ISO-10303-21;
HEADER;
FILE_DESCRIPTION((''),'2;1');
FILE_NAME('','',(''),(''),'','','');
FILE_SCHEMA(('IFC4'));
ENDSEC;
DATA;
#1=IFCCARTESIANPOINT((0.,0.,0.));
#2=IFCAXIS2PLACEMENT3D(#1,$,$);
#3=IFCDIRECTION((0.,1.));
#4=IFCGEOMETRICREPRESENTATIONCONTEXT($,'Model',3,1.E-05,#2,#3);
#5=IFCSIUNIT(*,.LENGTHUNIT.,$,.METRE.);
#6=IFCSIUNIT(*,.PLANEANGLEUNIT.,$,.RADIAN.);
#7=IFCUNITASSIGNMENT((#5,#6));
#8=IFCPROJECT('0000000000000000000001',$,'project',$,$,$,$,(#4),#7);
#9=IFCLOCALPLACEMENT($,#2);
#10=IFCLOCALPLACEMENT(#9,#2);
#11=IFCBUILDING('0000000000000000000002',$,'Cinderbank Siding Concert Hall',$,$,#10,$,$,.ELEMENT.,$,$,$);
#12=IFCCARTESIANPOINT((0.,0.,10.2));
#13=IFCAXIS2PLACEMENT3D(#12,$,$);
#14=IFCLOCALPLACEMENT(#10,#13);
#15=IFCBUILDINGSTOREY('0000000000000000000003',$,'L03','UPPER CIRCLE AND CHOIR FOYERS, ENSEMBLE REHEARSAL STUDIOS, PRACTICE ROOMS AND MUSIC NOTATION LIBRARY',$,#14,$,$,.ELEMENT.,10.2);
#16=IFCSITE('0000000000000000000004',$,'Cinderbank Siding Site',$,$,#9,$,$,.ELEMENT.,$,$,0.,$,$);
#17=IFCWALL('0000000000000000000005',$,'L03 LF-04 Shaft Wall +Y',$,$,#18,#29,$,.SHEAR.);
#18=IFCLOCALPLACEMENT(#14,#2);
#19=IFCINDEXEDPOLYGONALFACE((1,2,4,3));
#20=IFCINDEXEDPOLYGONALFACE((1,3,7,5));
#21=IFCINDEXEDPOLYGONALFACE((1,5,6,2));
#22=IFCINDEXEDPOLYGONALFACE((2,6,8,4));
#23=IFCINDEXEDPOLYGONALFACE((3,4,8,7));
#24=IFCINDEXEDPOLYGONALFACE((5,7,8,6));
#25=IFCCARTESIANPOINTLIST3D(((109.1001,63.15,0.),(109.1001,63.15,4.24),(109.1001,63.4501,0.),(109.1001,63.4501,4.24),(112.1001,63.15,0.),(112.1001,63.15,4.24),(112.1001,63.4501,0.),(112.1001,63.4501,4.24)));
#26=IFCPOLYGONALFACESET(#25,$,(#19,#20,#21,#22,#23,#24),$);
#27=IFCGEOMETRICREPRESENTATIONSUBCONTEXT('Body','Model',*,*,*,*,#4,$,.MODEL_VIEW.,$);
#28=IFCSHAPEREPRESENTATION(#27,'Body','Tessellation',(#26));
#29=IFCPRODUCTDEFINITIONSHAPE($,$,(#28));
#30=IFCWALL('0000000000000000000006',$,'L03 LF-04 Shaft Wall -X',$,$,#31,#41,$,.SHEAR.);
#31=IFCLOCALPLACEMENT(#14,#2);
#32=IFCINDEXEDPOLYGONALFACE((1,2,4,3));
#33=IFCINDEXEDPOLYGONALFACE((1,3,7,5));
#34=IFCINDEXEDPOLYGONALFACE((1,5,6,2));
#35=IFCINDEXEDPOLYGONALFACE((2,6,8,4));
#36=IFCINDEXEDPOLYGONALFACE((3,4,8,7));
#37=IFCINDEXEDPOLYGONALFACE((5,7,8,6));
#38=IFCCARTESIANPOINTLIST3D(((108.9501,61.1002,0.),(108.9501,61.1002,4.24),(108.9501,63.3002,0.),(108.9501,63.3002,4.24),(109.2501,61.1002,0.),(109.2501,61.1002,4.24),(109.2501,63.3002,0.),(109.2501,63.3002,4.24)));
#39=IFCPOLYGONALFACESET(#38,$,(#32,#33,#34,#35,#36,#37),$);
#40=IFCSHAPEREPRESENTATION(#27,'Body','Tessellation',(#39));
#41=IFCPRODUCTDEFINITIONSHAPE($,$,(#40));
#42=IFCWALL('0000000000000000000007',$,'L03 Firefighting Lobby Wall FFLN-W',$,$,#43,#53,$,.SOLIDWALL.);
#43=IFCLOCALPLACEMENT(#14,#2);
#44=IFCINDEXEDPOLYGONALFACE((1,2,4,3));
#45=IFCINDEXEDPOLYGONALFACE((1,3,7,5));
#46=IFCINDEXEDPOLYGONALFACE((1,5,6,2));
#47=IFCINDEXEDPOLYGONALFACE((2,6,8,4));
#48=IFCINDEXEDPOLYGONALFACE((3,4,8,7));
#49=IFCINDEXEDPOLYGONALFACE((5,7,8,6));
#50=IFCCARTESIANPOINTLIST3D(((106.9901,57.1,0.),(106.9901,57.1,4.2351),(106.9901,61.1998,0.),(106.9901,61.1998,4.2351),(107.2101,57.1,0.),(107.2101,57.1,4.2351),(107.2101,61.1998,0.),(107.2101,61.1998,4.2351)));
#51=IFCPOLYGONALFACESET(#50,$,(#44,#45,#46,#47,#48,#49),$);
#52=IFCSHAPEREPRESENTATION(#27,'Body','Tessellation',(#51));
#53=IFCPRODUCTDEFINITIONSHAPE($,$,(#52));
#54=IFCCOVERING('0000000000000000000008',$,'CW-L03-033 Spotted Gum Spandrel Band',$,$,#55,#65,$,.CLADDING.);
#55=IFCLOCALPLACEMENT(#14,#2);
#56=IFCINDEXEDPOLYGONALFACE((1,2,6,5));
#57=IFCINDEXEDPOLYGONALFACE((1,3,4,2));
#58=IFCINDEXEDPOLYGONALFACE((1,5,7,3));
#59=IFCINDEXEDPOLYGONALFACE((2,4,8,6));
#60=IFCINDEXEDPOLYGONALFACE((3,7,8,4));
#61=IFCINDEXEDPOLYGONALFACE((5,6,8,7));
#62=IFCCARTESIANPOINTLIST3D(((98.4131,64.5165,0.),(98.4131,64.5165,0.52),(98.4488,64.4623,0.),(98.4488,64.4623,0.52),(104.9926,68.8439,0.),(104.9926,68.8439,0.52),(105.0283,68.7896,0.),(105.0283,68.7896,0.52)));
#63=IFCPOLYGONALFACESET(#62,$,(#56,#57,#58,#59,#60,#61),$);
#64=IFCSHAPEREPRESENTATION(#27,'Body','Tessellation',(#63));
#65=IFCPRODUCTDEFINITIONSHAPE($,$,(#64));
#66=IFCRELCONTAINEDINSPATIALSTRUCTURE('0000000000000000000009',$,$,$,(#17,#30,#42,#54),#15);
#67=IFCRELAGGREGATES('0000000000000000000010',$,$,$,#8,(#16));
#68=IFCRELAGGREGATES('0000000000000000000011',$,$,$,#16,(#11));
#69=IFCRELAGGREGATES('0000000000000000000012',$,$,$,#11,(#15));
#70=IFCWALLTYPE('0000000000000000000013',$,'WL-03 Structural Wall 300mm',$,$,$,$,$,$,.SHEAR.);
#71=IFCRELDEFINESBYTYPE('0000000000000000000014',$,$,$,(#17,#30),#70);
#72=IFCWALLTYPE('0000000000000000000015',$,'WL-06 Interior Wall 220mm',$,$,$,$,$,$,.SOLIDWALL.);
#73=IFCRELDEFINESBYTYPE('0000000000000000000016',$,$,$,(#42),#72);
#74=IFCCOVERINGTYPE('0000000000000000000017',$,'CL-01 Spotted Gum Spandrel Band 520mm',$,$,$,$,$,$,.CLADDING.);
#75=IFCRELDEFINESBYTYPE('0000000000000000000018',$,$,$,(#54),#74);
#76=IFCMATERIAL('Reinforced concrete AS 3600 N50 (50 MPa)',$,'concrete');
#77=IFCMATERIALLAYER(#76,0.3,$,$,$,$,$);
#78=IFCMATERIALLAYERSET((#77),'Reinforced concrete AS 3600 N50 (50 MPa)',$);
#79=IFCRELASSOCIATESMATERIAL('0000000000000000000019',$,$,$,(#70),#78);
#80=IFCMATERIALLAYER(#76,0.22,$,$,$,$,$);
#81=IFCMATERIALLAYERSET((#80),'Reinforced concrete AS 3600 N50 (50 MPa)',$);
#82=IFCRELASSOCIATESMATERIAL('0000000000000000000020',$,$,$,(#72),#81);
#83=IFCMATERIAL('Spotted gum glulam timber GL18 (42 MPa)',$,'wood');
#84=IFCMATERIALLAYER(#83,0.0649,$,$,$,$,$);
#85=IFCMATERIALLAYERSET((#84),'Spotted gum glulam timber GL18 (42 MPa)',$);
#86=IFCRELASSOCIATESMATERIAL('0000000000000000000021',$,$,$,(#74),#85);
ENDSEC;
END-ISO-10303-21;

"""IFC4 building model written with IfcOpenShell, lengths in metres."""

from ifc_helpers import new_model, si_unit, direction, frame, frame_2d, origin, origin_2d, place, context, subcontext, project, spatial, rectangle, extrude, material, layer, layer_set, type_object, element, save


model = new_model("IFC4")

# Units and contexts
model_context = context("Model", 3, precision=1e-05, world=origin(), true_north=direction((0.0, 1.0)))
body_context = subcontext(model_context, "Body", "Model", "MODEL_VIEW")
ifc_project = project(units=[si_unit("LENGTHUNIT", "METRE"), si_unit("PLANEANGLEUNIT", "RADIAN")], contexts=[model_context])

# Site, building, storey
site_placement = place(None, origin())
site = spatial("IfcSite", under=ifc_project, at=site_placement, Name="Cinderbank Siding Site", CompositionType="ELEMENT", RefElevation=0.0)
building_placement = place(site_placement, origin())
building = spatial("IfcBuilding", under=site, at=building_placement, Name="Cinderbank Siding Concert Hall", CompositionType="ELEMENT")
storey_placement = place(building_placement, frame((0.0, 0.0, 10.2)))
storey = spatial("IfcBuildingStorey", under=building, at=storey_placement, Name="L03", Description="UPPER CIRCLE AND CHOIR FOYERS, ENSEMBLE REHEARSAL STUDIOS, PRACTICE ROOMS AND MUSIC NOTATION LIBRARY", CompositionType="ELEMENT", Elevation=10.2)

# Shared definitions
ifc_material_1 = material(Name="Reinforced concrete AS 3600 N50 (50 MPa)", Category="concrete")

# Shared definitions
ifc_layer_1 = layer(ifc_material_1, 0.3)
ifc_layer_set_1 = layer_set([ifc_layer_1], Name="Reinforced concrete AS 3600 N50 (50 MPa)")
wall_type_1 = type_object("IfcWallType", Name="WL-03 Structural Wall 300mm", PredefinedType="SHEAR", material=ifc_layer_set_1)

# Walls
wall_1_placement = place(storey_placement, frame((109.1001, 63.3, 0.0), z_axis=(0.0, 0.0, 1.0), x_axis=(1.0, 0.0, 0.0)))
element("IfcWall", 1, at=wall_1_placement, inside=storey, type_object=wall_type_1, Name="L03 LF-04 Shaft Wall +Y", PredefinedType="SHEAR", context=body_context, shape_type="SweptSolid", body=[
    extrude(rectangle(XDim=3.0, YDim=0.3, at=frame_2d((1.5, 0.0))), origin(), (0.0, 0.0, 1.0), 4.24),
])
wall_2_placement = place(storey_placement, frame((109.1001, 61.1001, 0.0), z_axis=(0.0, 0.0, 1.0), x_axis=(0.0, 1.0, 0.0)))
element("IfcWall", 2, at=wall_2_placement, inside=storey, type_object=wall_type_1, Name="L03 LF-04 Shaft Wall -X", PredefinedType="SHEAR", context=body_context, shape_type="SweptSolid", body=[
    extrude(rectangle(XDim=2.2, YDim=0.3, at=frame_2d((1.1001, 0.0))), origin(), (0.0, 0.0, 1.0), 4.24),
])
ifc_layer_2 = layer(ifc_material_1, 0.22)
ifc_layer_set_2 = layer_set([ifc_layer_2], Name="Reinforced concrete AS 3600 N50 (50 MPa)")
wall_type_2 = type_object("IfcWallType", Name="WL-06 Interior Wall 220mm", PredefinedType="SOLIDWALL", material=ifc_layer_set_2)
wall_3_placement = place(storey_placement, frame((107.1001, 57.1001, 0.0), z_axis=(0.0, 0.0, 1.0), x_axis=(0.0, 1.0, 0.0)))
element("IfcWall", 3, at=wall_3_placement, inside=storey, type_object=wall_type_2, Name="L03 Firefighting Lobby Wall FFLN-W", PredefinedType="SOLIDWALL", context=body_context, shape_type="SweptSolid", body=[
    extrude(rectangle(XDim=4.0999, YDim=0.22, at=frame_2d((2.0498, 0.0))), origin(), (0.0, 0.0, 1.0), 4.2351),
])

# Covering
ifc_material_2 = material(Name="Spotted gum glulam timber GL18 (42 MPa)", Category="wood")
ifc_layer_3 = layer(ifc_material_2, 0.0649)
ifc_layer_set_3 = layer_set([ifc_layer_3], Name="Spotted gum glulam timber GL18 (42 MPa)")
covering_type = type_object("IfcCoveringType", Name="CL-01 Spotted Gum Spandrel Band 520mm", PredefinedType="CLADDING", material=ifc_layer_set_3)
covering_placement = place(storey_placement, frame((101.7207, 66.6531, 0.0), z_axis=(0.0, 0.0, 1.0), x_axis=(-0.835492, -0.549503, 0.0)))
element("IfcCovering", 4, at=covering_placement, inside=storey, type_object=covering_type, Name="CW-L03-033 Spotted Gum Spandrel Band", PredefinedType="CLADDING", context=body_context, shape_type="SweptSolid", body=[
    extrude(rectangle(XDim=7.875, YDim=0.0649, at=origin_2d()), origin(), (0.0, 0.0, 1.0), 0.52),
])

save(model, "model.ifc")
